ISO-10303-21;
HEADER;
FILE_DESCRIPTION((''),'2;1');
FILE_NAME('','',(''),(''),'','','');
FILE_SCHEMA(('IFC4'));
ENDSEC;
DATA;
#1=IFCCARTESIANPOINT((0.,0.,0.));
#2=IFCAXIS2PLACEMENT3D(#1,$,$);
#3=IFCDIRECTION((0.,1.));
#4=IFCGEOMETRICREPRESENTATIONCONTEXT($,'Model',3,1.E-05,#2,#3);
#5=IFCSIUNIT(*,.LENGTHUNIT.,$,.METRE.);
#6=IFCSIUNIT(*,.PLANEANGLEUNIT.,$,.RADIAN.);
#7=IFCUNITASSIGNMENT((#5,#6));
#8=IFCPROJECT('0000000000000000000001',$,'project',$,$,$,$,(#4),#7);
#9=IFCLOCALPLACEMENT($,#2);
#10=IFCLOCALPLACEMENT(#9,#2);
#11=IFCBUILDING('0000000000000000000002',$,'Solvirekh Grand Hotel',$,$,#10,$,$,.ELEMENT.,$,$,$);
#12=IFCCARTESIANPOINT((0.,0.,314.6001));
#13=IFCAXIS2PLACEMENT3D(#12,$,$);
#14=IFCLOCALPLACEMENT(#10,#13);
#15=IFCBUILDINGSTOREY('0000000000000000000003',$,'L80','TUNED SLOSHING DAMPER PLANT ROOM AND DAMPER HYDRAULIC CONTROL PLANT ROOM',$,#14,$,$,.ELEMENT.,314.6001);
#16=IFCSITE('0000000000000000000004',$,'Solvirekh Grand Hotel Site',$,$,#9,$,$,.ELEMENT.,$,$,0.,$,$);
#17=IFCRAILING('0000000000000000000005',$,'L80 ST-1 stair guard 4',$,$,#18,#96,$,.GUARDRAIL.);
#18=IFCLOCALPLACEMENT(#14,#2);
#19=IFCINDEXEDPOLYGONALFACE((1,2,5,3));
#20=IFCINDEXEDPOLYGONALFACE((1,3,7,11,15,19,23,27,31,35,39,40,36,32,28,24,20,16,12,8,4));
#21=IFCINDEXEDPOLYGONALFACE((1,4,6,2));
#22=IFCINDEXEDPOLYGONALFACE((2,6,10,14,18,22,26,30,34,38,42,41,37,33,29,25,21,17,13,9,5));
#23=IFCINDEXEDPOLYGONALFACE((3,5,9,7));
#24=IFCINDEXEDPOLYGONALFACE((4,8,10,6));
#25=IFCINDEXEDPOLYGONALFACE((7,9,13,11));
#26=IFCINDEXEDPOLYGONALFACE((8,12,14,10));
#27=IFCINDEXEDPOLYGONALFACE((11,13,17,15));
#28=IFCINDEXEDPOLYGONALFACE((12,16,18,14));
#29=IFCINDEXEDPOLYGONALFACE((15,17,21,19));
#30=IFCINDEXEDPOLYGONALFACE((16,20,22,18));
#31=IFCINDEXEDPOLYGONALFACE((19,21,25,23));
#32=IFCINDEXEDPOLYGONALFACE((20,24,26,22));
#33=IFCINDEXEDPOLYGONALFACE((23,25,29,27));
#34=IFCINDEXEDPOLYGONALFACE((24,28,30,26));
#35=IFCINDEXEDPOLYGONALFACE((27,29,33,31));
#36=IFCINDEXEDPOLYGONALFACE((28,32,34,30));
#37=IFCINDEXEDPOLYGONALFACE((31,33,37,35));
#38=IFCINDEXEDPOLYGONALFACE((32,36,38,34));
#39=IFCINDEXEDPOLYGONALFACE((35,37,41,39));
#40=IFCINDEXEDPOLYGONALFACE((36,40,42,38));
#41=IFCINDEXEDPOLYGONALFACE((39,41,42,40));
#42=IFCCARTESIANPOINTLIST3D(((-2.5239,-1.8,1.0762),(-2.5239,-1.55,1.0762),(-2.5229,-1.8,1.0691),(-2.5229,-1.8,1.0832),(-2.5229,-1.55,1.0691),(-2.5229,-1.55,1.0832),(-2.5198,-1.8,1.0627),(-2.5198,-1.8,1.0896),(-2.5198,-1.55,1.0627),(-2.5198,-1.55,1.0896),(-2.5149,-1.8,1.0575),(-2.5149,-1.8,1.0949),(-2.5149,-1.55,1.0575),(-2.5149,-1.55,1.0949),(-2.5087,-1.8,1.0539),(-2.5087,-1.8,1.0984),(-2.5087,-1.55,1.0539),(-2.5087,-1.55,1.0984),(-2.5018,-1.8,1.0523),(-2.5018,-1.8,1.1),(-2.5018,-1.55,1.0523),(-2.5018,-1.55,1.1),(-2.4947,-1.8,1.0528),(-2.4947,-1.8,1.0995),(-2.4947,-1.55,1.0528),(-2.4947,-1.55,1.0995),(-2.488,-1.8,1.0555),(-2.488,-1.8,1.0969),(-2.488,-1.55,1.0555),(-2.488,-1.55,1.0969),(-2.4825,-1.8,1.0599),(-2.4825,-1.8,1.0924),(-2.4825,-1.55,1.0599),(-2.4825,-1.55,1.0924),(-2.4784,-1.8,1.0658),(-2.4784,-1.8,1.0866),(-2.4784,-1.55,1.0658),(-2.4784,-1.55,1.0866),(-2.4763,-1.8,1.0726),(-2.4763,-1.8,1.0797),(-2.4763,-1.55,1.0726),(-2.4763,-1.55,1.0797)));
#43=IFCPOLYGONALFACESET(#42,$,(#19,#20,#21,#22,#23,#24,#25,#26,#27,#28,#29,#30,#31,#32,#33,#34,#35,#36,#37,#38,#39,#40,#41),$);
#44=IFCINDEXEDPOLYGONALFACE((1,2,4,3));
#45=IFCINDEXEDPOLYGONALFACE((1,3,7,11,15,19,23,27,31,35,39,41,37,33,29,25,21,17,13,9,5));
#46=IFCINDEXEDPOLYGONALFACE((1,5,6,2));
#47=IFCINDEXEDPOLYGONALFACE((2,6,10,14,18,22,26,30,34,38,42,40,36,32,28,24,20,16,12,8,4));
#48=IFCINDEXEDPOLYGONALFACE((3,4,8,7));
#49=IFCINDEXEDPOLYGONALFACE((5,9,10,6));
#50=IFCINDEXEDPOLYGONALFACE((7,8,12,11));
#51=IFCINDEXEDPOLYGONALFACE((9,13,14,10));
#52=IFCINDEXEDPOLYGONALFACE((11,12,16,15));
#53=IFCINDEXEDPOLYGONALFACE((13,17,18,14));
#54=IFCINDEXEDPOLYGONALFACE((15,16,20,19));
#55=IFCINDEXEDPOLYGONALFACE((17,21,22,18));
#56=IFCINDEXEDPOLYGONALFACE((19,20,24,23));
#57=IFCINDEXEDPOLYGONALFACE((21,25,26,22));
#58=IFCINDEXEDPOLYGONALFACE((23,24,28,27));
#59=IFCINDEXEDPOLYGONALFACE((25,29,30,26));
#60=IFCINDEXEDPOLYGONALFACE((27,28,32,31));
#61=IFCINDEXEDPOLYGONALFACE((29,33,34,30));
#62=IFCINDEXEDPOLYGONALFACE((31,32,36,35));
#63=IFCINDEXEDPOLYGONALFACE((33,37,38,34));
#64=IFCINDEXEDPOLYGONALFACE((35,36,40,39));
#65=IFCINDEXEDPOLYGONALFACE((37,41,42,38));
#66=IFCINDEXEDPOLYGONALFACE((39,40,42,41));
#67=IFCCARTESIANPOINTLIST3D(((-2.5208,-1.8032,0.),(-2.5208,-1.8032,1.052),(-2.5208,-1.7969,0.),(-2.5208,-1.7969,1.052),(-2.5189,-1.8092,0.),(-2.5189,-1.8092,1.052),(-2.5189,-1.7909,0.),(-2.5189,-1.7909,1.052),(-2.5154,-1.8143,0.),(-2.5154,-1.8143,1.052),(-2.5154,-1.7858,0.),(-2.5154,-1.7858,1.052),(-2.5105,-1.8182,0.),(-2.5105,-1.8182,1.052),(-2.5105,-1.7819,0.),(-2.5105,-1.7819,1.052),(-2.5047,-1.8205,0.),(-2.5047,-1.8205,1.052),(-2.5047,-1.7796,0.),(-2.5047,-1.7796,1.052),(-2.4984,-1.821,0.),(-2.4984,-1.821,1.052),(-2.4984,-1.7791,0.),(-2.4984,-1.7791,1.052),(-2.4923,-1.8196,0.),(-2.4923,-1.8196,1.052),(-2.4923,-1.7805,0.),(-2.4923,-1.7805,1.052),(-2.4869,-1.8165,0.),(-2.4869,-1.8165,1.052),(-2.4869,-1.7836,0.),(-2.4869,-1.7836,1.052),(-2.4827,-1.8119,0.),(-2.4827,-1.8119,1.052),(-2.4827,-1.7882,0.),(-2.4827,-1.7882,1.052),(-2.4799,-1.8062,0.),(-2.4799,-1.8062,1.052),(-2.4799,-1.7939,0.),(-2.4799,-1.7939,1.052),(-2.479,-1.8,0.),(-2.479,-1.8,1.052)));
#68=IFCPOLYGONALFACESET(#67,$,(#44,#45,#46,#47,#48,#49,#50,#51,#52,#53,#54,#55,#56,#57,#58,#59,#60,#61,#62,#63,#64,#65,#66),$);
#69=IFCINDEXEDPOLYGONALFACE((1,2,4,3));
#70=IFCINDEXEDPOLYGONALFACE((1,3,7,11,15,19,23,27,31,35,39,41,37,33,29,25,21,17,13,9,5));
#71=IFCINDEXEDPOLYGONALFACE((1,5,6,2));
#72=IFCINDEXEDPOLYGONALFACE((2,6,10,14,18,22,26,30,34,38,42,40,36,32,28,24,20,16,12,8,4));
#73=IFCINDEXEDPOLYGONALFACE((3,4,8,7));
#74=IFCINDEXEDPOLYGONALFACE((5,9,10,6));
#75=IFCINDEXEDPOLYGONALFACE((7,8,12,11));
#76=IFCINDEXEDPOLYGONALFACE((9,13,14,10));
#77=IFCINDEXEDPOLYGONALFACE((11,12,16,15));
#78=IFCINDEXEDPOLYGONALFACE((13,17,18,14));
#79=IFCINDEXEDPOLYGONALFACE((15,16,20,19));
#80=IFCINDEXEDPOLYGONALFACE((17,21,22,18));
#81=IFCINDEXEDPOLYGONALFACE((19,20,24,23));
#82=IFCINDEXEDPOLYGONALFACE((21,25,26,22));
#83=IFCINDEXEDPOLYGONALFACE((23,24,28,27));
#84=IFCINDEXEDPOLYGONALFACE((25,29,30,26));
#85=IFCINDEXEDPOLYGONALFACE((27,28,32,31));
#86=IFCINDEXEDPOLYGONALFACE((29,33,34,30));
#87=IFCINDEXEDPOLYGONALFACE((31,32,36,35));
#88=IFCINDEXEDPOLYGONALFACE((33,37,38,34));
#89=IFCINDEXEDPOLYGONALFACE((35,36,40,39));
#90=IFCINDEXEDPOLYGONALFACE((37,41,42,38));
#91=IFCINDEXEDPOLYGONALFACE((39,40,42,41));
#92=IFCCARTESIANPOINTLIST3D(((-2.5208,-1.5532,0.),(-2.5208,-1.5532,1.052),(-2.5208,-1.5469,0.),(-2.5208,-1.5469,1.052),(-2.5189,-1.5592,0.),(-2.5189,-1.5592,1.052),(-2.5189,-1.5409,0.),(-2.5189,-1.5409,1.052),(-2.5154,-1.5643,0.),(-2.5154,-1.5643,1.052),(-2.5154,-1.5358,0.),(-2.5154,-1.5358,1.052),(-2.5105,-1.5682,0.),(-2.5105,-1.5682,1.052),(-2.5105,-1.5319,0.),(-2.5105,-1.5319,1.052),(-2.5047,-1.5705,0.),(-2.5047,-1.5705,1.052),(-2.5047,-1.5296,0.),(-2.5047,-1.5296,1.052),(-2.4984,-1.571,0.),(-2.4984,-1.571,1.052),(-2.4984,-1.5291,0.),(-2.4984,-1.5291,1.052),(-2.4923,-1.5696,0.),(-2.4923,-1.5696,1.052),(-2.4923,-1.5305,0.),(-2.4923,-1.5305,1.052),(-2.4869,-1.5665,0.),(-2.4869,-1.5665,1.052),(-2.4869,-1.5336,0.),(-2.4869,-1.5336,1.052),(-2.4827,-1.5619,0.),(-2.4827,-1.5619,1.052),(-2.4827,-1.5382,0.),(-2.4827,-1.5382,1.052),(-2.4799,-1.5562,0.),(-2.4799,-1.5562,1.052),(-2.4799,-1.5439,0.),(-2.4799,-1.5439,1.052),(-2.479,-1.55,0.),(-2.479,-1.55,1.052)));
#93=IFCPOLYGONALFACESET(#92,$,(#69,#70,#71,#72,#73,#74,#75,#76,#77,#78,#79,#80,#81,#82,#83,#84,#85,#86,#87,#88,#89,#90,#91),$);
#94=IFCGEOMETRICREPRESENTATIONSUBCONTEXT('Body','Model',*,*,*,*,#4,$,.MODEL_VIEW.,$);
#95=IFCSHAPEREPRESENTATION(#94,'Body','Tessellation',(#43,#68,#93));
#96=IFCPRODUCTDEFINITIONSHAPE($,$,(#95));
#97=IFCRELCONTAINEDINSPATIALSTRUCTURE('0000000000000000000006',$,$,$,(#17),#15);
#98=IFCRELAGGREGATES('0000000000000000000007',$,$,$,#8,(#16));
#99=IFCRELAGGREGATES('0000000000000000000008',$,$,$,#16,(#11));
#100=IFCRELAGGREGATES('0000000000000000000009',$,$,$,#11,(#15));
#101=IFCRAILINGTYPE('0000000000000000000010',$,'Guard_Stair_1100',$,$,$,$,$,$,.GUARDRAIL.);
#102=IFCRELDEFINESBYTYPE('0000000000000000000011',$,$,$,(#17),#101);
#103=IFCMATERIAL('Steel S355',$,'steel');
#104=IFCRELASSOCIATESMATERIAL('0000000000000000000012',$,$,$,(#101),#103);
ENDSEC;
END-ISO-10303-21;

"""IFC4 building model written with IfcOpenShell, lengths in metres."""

from ifc_helpers import new_model, si_unit, direction, frame, origin, origin_2d, place, context, subcontext, project, spatial, circle, extrude, material, type_object, element, save


model = new_model("IFC4")

# Units and contexts
model_context = context("Model", 3, precision=1e-05, world=origin(), true_north=direction((0.0, 1.0)))
body_context = subcontext(model_context, "Body", "Model", "MODEL_VIEW")
ifc_project = project(units=[si_unit("LENGTHUNIT", "METRE"), si_unit("PLANEANGLEUNIT", "RADIAN")], contexts=[model_context])

# Site, building, storey
site_placement = place(None, origin())
site = spatial("IfcSite", under=ifc_project, at=site_placement, Name="Solvirekh Grand Hotel Site", CompositionType="ELEMENT", RefElevation=0.0)
building_placement = place(site_placement, origin())
building = spatial("IfcBuilding", under=site, at=building_placement, Name="Solvirekh Grand Hotel", CompositionType="ELEMENT")
storey_placement = place(building_placement, frame((0.0, 0.0, 314.6001)))
storey = spatial("IfcBuildingStorey", under=building, at=storey_placement, Name="L80", Description="TUNED SLOSHING DAMPER PLANT ROOM AND DAMPER HYDRAULIC CONTROL PLANT ROOM", CompositionType="ELEMENT", Elevation=314.6001)

# Shared definitions
ifc_material_1 = material(Name="Steel S355", Category="steel")

# Railing
railing_type_1 = type_object("IfcRailingType", Name="Guard_Stair_1100", PredefinedType="GUARDRAIL", material=ifc_material_1)
railing_1_placement = place(storey_placement, frame((-2.5, -1.8, 0.0)))
element("IfcRailing", 1, at=railing_1_placement, inside=storey, type_object=railing_type_1, Name="L80 ST-1 stair guard 4", PredefinedType="GUARDRAIL", context=body_context, shape_type="SweptSolid", body=[
    extrude(circle(Radius=0.0239, at=origin_2d()), frame((0.0, 0.0, 1.0762), z_axis=(0.0, 1.0, 0.0), x_axis=(-1.0, 0.0, 0.0)), (0.0, 0.0, 1.0), 0.25),
    extrude(circle(Radius=0.021, at=origin_2d()), origin(), (0.0, 0.0, 1.0), 1.052),
    extrude(circle(Radius=0.021, at=origin_2d()), frame((0.0, 0.25, 0.0)), (0.0, 0.0, 1.0), 1.052),
])

save(model, "model.ifc")
